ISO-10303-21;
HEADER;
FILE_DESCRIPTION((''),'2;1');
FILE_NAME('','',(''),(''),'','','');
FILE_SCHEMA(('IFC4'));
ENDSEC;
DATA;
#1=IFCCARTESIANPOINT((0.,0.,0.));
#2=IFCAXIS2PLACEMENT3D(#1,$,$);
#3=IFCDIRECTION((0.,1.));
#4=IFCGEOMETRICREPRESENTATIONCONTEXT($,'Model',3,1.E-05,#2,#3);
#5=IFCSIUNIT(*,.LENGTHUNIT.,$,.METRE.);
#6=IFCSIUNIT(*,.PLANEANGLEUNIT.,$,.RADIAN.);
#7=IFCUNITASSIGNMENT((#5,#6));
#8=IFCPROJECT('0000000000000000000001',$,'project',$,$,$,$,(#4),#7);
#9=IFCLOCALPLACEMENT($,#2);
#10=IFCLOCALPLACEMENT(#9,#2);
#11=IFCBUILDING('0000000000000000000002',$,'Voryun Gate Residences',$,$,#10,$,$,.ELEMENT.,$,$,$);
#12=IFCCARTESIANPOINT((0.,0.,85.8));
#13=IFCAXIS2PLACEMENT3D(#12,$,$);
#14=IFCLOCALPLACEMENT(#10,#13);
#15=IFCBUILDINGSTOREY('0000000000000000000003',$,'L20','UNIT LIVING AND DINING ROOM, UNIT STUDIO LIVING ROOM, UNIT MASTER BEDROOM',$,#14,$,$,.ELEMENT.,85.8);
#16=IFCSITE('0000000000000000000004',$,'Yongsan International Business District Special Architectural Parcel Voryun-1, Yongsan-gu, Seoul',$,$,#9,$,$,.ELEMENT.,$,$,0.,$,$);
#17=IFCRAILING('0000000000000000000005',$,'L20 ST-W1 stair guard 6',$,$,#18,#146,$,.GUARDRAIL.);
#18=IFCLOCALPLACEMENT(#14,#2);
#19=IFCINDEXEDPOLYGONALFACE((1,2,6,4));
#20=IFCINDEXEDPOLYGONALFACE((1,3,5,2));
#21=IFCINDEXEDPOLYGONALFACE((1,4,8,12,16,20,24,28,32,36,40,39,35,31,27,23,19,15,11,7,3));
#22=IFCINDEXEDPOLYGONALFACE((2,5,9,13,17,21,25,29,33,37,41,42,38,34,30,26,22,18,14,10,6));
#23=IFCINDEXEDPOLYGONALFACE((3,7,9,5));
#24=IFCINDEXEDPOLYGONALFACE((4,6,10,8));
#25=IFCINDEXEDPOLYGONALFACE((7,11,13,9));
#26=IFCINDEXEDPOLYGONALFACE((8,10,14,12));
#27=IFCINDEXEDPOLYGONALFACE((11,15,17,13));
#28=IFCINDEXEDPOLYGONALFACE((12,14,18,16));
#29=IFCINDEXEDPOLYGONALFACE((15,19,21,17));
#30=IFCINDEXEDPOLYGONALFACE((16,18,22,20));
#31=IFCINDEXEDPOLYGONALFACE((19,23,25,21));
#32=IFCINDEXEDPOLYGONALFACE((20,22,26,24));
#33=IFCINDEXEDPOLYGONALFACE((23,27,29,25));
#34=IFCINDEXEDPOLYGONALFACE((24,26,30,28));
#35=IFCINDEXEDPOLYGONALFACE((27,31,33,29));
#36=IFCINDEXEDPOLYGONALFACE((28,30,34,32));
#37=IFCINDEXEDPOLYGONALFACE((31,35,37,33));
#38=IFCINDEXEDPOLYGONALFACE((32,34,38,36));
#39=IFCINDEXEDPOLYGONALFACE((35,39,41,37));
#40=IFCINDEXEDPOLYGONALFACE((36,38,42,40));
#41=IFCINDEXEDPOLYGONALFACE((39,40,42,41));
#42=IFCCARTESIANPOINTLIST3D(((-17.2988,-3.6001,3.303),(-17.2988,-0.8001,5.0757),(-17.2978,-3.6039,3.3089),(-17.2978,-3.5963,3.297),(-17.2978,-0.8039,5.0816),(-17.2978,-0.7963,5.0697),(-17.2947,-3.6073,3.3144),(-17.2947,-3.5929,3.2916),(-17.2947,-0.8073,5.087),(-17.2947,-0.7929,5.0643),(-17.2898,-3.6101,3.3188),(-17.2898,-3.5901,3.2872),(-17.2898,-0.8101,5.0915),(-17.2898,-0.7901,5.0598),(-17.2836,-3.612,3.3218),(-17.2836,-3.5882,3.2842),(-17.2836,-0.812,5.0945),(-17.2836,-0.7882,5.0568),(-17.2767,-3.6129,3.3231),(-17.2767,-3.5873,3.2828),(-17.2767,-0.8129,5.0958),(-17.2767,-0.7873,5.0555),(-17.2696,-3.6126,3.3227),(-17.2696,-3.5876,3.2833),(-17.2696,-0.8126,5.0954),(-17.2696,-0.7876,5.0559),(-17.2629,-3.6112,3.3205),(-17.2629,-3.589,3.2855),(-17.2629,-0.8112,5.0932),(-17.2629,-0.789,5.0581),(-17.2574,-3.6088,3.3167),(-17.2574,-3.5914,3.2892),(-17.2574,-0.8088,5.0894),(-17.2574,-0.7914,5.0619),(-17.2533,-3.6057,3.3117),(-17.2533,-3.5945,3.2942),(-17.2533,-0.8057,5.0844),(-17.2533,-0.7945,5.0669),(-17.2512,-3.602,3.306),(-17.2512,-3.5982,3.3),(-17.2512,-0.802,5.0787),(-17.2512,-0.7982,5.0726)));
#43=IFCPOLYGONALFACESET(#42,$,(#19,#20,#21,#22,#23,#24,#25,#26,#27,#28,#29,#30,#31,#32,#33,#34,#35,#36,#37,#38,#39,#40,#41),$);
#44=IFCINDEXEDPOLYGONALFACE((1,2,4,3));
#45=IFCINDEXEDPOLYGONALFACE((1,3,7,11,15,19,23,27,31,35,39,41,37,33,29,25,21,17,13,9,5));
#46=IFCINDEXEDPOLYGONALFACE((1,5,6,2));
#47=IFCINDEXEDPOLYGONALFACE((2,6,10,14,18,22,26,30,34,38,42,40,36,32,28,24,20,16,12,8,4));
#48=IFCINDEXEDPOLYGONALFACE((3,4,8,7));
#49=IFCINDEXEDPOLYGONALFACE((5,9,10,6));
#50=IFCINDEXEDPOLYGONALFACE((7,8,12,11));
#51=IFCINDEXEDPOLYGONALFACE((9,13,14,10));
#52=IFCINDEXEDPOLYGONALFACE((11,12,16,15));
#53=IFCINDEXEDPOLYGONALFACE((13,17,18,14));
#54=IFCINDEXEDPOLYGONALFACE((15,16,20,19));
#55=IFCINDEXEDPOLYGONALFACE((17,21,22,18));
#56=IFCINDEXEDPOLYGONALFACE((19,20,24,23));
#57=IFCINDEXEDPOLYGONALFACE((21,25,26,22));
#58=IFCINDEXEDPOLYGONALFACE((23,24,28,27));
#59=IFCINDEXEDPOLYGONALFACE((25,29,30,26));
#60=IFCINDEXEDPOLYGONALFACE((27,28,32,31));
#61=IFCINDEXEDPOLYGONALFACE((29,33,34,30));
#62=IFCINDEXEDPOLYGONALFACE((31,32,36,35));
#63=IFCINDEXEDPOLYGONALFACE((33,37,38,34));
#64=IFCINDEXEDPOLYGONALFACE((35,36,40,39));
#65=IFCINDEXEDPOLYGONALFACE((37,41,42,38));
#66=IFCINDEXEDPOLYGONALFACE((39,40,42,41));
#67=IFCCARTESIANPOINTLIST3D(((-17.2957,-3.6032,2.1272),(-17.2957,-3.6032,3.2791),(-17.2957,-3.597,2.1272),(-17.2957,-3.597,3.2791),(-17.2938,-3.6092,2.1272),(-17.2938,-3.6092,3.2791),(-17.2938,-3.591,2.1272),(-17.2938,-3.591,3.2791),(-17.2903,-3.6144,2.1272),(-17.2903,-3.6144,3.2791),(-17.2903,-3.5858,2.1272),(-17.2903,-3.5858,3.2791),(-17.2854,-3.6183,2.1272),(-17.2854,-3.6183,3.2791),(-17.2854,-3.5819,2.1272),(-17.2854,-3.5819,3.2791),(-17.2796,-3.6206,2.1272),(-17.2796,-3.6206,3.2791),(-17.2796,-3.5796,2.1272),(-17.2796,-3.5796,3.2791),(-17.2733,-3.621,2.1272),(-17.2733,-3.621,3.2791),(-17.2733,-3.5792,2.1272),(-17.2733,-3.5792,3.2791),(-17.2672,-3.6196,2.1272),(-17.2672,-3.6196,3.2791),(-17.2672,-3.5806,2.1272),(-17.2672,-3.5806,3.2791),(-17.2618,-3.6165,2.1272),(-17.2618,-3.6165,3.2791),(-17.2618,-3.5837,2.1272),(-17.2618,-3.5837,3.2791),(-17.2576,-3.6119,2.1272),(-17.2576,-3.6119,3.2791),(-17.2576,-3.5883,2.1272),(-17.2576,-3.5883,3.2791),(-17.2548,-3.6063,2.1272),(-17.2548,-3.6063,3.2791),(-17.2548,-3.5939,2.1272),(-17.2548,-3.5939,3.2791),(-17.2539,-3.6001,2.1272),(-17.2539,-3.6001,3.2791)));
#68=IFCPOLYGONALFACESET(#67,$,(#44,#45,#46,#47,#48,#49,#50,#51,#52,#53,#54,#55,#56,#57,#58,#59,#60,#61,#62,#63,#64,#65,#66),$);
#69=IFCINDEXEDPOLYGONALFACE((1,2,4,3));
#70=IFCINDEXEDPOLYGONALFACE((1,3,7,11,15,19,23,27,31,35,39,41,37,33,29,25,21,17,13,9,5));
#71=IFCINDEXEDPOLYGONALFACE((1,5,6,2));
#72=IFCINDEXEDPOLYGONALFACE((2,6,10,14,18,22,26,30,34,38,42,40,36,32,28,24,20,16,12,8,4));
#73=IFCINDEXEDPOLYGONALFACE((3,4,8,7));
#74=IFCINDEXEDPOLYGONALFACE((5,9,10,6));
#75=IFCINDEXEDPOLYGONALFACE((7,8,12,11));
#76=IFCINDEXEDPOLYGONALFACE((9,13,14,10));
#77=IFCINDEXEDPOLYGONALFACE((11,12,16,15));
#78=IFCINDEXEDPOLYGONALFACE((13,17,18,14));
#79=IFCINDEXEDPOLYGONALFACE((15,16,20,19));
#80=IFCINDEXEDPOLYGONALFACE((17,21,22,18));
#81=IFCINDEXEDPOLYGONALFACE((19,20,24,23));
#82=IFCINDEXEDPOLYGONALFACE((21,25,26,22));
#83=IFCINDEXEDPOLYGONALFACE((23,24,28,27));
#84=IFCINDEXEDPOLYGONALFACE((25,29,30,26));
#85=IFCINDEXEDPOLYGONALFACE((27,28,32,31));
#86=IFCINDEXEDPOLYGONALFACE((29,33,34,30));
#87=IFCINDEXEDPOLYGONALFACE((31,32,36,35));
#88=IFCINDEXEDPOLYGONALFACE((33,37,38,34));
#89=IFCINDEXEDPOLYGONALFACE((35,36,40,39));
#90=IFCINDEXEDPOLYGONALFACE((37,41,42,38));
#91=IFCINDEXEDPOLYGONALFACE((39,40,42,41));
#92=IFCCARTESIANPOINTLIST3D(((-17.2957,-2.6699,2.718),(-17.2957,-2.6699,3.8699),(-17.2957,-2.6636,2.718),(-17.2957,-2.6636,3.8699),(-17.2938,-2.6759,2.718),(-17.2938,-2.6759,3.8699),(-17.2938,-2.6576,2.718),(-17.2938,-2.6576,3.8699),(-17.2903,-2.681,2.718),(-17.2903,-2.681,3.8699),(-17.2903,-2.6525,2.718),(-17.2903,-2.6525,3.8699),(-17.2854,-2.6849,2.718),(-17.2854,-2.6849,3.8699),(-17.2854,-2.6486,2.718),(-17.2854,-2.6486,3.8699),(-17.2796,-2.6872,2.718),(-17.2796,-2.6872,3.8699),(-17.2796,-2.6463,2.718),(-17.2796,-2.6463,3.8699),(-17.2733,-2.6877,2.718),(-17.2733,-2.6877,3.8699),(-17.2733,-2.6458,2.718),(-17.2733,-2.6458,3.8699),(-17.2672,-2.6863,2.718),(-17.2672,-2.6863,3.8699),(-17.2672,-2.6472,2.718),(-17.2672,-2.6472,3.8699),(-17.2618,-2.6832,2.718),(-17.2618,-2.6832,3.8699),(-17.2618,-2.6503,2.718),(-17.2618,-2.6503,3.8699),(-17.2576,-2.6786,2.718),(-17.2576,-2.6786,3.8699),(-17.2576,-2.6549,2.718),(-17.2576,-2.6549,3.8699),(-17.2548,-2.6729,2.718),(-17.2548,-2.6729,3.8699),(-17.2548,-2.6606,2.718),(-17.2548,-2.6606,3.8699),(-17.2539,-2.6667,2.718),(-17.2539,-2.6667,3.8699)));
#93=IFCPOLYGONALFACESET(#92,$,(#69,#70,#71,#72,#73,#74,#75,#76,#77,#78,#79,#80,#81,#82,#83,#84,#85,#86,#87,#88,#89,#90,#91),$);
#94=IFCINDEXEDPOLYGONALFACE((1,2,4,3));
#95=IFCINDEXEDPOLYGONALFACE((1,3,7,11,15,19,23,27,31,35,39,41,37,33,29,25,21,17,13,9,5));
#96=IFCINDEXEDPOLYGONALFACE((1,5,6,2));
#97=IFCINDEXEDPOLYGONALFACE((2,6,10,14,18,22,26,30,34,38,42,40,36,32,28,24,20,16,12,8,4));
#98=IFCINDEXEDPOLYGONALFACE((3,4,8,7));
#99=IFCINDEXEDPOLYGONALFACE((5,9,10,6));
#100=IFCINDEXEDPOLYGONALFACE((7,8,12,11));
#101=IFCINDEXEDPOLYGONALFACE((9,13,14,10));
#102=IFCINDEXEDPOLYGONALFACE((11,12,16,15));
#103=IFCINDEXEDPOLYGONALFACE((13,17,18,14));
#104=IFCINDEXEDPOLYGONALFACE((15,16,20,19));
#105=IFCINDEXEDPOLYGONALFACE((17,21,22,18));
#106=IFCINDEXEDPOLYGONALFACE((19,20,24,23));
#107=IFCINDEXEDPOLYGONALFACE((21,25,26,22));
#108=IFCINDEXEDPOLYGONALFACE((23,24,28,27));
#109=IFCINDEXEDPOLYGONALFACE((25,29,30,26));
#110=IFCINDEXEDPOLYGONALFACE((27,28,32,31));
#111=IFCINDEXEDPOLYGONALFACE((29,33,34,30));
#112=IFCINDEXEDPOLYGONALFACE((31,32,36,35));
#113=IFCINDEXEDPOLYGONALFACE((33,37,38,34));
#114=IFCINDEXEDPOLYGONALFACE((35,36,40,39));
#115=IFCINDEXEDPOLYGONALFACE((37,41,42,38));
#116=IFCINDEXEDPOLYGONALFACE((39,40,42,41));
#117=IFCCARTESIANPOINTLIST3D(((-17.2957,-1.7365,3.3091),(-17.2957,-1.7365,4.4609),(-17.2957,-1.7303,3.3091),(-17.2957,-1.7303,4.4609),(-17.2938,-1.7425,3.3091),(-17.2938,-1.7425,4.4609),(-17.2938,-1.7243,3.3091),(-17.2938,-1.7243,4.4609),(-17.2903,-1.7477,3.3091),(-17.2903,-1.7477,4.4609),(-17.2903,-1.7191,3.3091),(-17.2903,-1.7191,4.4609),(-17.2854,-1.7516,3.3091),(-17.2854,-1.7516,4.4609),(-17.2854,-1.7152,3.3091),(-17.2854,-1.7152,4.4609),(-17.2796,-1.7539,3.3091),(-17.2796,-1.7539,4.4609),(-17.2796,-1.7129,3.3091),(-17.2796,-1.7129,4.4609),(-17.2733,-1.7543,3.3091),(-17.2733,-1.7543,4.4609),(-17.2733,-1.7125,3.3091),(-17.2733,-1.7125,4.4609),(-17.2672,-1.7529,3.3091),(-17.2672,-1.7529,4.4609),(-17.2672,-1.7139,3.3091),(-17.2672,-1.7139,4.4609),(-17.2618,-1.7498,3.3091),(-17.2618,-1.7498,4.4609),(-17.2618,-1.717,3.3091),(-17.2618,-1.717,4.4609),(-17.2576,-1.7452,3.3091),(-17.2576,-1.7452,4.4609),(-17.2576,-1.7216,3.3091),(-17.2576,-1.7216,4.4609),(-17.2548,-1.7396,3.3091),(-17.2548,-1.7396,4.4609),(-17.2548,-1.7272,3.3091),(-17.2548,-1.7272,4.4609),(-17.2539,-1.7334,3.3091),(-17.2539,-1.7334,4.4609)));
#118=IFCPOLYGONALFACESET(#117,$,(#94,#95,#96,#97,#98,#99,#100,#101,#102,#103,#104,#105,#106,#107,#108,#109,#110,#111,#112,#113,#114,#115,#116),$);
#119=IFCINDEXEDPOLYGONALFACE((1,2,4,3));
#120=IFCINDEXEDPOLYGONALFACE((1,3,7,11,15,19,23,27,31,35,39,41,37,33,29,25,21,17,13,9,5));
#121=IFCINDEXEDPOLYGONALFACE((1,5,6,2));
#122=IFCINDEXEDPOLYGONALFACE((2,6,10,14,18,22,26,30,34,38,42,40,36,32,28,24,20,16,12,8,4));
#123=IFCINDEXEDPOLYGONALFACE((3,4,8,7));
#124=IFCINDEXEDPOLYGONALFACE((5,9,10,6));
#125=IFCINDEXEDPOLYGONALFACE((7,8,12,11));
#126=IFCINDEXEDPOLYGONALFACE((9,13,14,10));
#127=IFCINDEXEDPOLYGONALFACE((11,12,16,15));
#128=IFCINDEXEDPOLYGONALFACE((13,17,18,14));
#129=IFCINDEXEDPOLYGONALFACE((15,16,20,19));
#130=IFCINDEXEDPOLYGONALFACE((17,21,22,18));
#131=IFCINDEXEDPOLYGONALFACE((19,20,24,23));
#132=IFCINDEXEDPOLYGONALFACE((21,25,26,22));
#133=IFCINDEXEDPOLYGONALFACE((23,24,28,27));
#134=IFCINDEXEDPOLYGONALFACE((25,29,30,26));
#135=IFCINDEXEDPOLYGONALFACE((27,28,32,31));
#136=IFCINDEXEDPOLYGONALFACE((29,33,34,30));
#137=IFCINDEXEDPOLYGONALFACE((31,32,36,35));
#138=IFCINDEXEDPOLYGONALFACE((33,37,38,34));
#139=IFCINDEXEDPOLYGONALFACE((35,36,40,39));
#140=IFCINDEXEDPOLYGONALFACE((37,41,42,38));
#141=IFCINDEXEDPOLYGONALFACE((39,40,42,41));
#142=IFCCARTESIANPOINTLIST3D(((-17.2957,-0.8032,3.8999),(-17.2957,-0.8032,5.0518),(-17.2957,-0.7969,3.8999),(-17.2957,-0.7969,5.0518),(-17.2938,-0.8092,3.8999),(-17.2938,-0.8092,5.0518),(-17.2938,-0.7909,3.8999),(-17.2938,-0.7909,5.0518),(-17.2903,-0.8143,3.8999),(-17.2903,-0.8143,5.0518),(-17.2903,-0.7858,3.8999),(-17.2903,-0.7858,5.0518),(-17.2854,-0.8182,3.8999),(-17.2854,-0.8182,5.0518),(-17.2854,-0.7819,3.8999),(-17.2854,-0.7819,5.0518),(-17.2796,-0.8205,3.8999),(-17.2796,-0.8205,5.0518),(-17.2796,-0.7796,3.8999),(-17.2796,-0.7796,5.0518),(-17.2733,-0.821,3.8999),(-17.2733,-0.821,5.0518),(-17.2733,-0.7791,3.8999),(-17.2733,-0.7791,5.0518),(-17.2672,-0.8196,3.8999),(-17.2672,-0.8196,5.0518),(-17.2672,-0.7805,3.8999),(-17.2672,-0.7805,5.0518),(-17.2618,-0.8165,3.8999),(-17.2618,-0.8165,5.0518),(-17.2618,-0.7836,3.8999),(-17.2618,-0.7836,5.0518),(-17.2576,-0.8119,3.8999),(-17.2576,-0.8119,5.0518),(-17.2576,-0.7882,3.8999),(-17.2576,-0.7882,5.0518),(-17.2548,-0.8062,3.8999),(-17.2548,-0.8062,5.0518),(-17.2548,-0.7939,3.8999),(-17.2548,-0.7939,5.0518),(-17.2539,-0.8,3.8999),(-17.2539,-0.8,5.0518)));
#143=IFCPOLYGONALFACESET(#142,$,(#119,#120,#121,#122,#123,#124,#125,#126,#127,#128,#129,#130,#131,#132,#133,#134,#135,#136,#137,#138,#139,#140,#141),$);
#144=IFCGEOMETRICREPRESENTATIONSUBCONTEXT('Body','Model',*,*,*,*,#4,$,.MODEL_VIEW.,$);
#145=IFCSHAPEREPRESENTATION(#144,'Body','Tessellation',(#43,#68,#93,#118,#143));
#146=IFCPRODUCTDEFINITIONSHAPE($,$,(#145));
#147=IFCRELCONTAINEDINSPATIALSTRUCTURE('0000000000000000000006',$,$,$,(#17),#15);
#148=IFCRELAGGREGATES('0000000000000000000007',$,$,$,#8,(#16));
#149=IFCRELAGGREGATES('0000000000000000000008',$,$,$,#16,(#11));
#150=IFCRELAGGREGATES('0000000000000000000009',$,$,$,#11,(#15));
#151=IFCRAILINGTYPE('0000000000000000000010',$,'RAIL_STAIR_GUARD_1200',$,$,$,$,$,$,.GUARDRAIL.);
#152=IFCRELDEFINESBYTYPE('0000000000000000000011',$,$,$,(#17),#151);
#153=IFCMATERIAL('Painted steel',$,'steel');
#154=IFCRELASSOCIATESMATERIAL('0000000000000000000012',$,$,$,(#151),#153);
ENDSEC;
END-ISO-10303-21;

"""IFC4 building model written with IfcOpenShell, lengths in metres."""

from ifc_helpers import new_model, si_unit, direction, frame, origin, origin_2d, place, context, subcontext, project, spatial, circle, extrude, material, type_object, element, save


model = new_model("IFC4")

# Units and contexts
model_context = context("Model", 3, precision=1e-05, world=origin(), true_north=direction((0.0, 1.0)))
body_context = subcontext(model_context, "Body", "Model", "MODEL_VIEW")
ifc_project = project(units=[si_unit("LENGTHUNIT", "METRE"), si_unit("PLANEANGLEUNIT", "RADIAN")], contexts=[model_context])

# Site, building, storey
site_placement = place(None, origin())
site = spatial("IfcSite", under=ifc_project, at=site_placement, Name="Yongsan International Business District Special Architectural Parcel Voryun-1, Yongsan-gu, Seoul", CompositionType="ELEMENT", RefElevation=0.0)
building_placement = place(site_placement, origin())
building = spatial("IfcBuilding", under=site, at=building_placement, Name="Voryun Gate Residences", CompositionType="ELEMENT")
storey_placement = place(building_placement, frame((0.0, 0.0, 85.8)))
storey = spatial("IfcBuildingStorey", under=building, at=storey_placement, Name="L20", Description="UNIT LIVING AND DINING ROOM, UNIT STUDIO LIVING ROOM, UNIT MASTER BEDROOM", CompositionType="ELEMENT", Elevation=85.8)

# Railing
ifc_material_1 = material(Name="Painted steel", Category="steel")
railing_type_1 = type_object("IfcRailingType", Name="RAIL_STAIR_GUARD_1200", PredefinedType="GUARDRAIL", material=ifc_material_1)
railing_1_placement = place(storey_placement, frame((-17.2749, -3.6001, 2.1272)))
element("IfcRailing", 1, at=railing_1_placement, inside=storey, type_object=railing_type_1, Name="L20 ST-W1 stair guard 6", PredefinedType="GUARDRAIL", context=body_context, shape_type="SweptSolid", body=[
    extrude(circle(Radius=0.0239, at=origin_2d()), frame((0.0, 0.0, 1.1758), z_axis=(0.0, 0.844909, 0.53491), x_axis=(-1.0, 0.0, 0.0)), (0.0, 0.0, 1.0), 3.314),
    extrude(circle(Radius=0.021, at=origin_2d()), origin(), (0.0, 0.0, 1.0), 1.1519),
    extrude(circle(Radius=0.021, at=origin_2d()), frame((0.0, 0.9333, 0.5908)), (0.0, 0.0, 1.0), 1.1519),
    extrude(circle(Radius=0.021, at=origin_2d()), frame((0.0, 1.8667, 1.1819)), (0.0, 0.0, 1.0), 1.1519),
    extrude(circle(Radius=0.021, at=origin_2d()), frame((0.0, 2.8, 1.7727)), (0.0, 0.0, 1.0), 1.1519),
])

save(model, "model.ifc")
